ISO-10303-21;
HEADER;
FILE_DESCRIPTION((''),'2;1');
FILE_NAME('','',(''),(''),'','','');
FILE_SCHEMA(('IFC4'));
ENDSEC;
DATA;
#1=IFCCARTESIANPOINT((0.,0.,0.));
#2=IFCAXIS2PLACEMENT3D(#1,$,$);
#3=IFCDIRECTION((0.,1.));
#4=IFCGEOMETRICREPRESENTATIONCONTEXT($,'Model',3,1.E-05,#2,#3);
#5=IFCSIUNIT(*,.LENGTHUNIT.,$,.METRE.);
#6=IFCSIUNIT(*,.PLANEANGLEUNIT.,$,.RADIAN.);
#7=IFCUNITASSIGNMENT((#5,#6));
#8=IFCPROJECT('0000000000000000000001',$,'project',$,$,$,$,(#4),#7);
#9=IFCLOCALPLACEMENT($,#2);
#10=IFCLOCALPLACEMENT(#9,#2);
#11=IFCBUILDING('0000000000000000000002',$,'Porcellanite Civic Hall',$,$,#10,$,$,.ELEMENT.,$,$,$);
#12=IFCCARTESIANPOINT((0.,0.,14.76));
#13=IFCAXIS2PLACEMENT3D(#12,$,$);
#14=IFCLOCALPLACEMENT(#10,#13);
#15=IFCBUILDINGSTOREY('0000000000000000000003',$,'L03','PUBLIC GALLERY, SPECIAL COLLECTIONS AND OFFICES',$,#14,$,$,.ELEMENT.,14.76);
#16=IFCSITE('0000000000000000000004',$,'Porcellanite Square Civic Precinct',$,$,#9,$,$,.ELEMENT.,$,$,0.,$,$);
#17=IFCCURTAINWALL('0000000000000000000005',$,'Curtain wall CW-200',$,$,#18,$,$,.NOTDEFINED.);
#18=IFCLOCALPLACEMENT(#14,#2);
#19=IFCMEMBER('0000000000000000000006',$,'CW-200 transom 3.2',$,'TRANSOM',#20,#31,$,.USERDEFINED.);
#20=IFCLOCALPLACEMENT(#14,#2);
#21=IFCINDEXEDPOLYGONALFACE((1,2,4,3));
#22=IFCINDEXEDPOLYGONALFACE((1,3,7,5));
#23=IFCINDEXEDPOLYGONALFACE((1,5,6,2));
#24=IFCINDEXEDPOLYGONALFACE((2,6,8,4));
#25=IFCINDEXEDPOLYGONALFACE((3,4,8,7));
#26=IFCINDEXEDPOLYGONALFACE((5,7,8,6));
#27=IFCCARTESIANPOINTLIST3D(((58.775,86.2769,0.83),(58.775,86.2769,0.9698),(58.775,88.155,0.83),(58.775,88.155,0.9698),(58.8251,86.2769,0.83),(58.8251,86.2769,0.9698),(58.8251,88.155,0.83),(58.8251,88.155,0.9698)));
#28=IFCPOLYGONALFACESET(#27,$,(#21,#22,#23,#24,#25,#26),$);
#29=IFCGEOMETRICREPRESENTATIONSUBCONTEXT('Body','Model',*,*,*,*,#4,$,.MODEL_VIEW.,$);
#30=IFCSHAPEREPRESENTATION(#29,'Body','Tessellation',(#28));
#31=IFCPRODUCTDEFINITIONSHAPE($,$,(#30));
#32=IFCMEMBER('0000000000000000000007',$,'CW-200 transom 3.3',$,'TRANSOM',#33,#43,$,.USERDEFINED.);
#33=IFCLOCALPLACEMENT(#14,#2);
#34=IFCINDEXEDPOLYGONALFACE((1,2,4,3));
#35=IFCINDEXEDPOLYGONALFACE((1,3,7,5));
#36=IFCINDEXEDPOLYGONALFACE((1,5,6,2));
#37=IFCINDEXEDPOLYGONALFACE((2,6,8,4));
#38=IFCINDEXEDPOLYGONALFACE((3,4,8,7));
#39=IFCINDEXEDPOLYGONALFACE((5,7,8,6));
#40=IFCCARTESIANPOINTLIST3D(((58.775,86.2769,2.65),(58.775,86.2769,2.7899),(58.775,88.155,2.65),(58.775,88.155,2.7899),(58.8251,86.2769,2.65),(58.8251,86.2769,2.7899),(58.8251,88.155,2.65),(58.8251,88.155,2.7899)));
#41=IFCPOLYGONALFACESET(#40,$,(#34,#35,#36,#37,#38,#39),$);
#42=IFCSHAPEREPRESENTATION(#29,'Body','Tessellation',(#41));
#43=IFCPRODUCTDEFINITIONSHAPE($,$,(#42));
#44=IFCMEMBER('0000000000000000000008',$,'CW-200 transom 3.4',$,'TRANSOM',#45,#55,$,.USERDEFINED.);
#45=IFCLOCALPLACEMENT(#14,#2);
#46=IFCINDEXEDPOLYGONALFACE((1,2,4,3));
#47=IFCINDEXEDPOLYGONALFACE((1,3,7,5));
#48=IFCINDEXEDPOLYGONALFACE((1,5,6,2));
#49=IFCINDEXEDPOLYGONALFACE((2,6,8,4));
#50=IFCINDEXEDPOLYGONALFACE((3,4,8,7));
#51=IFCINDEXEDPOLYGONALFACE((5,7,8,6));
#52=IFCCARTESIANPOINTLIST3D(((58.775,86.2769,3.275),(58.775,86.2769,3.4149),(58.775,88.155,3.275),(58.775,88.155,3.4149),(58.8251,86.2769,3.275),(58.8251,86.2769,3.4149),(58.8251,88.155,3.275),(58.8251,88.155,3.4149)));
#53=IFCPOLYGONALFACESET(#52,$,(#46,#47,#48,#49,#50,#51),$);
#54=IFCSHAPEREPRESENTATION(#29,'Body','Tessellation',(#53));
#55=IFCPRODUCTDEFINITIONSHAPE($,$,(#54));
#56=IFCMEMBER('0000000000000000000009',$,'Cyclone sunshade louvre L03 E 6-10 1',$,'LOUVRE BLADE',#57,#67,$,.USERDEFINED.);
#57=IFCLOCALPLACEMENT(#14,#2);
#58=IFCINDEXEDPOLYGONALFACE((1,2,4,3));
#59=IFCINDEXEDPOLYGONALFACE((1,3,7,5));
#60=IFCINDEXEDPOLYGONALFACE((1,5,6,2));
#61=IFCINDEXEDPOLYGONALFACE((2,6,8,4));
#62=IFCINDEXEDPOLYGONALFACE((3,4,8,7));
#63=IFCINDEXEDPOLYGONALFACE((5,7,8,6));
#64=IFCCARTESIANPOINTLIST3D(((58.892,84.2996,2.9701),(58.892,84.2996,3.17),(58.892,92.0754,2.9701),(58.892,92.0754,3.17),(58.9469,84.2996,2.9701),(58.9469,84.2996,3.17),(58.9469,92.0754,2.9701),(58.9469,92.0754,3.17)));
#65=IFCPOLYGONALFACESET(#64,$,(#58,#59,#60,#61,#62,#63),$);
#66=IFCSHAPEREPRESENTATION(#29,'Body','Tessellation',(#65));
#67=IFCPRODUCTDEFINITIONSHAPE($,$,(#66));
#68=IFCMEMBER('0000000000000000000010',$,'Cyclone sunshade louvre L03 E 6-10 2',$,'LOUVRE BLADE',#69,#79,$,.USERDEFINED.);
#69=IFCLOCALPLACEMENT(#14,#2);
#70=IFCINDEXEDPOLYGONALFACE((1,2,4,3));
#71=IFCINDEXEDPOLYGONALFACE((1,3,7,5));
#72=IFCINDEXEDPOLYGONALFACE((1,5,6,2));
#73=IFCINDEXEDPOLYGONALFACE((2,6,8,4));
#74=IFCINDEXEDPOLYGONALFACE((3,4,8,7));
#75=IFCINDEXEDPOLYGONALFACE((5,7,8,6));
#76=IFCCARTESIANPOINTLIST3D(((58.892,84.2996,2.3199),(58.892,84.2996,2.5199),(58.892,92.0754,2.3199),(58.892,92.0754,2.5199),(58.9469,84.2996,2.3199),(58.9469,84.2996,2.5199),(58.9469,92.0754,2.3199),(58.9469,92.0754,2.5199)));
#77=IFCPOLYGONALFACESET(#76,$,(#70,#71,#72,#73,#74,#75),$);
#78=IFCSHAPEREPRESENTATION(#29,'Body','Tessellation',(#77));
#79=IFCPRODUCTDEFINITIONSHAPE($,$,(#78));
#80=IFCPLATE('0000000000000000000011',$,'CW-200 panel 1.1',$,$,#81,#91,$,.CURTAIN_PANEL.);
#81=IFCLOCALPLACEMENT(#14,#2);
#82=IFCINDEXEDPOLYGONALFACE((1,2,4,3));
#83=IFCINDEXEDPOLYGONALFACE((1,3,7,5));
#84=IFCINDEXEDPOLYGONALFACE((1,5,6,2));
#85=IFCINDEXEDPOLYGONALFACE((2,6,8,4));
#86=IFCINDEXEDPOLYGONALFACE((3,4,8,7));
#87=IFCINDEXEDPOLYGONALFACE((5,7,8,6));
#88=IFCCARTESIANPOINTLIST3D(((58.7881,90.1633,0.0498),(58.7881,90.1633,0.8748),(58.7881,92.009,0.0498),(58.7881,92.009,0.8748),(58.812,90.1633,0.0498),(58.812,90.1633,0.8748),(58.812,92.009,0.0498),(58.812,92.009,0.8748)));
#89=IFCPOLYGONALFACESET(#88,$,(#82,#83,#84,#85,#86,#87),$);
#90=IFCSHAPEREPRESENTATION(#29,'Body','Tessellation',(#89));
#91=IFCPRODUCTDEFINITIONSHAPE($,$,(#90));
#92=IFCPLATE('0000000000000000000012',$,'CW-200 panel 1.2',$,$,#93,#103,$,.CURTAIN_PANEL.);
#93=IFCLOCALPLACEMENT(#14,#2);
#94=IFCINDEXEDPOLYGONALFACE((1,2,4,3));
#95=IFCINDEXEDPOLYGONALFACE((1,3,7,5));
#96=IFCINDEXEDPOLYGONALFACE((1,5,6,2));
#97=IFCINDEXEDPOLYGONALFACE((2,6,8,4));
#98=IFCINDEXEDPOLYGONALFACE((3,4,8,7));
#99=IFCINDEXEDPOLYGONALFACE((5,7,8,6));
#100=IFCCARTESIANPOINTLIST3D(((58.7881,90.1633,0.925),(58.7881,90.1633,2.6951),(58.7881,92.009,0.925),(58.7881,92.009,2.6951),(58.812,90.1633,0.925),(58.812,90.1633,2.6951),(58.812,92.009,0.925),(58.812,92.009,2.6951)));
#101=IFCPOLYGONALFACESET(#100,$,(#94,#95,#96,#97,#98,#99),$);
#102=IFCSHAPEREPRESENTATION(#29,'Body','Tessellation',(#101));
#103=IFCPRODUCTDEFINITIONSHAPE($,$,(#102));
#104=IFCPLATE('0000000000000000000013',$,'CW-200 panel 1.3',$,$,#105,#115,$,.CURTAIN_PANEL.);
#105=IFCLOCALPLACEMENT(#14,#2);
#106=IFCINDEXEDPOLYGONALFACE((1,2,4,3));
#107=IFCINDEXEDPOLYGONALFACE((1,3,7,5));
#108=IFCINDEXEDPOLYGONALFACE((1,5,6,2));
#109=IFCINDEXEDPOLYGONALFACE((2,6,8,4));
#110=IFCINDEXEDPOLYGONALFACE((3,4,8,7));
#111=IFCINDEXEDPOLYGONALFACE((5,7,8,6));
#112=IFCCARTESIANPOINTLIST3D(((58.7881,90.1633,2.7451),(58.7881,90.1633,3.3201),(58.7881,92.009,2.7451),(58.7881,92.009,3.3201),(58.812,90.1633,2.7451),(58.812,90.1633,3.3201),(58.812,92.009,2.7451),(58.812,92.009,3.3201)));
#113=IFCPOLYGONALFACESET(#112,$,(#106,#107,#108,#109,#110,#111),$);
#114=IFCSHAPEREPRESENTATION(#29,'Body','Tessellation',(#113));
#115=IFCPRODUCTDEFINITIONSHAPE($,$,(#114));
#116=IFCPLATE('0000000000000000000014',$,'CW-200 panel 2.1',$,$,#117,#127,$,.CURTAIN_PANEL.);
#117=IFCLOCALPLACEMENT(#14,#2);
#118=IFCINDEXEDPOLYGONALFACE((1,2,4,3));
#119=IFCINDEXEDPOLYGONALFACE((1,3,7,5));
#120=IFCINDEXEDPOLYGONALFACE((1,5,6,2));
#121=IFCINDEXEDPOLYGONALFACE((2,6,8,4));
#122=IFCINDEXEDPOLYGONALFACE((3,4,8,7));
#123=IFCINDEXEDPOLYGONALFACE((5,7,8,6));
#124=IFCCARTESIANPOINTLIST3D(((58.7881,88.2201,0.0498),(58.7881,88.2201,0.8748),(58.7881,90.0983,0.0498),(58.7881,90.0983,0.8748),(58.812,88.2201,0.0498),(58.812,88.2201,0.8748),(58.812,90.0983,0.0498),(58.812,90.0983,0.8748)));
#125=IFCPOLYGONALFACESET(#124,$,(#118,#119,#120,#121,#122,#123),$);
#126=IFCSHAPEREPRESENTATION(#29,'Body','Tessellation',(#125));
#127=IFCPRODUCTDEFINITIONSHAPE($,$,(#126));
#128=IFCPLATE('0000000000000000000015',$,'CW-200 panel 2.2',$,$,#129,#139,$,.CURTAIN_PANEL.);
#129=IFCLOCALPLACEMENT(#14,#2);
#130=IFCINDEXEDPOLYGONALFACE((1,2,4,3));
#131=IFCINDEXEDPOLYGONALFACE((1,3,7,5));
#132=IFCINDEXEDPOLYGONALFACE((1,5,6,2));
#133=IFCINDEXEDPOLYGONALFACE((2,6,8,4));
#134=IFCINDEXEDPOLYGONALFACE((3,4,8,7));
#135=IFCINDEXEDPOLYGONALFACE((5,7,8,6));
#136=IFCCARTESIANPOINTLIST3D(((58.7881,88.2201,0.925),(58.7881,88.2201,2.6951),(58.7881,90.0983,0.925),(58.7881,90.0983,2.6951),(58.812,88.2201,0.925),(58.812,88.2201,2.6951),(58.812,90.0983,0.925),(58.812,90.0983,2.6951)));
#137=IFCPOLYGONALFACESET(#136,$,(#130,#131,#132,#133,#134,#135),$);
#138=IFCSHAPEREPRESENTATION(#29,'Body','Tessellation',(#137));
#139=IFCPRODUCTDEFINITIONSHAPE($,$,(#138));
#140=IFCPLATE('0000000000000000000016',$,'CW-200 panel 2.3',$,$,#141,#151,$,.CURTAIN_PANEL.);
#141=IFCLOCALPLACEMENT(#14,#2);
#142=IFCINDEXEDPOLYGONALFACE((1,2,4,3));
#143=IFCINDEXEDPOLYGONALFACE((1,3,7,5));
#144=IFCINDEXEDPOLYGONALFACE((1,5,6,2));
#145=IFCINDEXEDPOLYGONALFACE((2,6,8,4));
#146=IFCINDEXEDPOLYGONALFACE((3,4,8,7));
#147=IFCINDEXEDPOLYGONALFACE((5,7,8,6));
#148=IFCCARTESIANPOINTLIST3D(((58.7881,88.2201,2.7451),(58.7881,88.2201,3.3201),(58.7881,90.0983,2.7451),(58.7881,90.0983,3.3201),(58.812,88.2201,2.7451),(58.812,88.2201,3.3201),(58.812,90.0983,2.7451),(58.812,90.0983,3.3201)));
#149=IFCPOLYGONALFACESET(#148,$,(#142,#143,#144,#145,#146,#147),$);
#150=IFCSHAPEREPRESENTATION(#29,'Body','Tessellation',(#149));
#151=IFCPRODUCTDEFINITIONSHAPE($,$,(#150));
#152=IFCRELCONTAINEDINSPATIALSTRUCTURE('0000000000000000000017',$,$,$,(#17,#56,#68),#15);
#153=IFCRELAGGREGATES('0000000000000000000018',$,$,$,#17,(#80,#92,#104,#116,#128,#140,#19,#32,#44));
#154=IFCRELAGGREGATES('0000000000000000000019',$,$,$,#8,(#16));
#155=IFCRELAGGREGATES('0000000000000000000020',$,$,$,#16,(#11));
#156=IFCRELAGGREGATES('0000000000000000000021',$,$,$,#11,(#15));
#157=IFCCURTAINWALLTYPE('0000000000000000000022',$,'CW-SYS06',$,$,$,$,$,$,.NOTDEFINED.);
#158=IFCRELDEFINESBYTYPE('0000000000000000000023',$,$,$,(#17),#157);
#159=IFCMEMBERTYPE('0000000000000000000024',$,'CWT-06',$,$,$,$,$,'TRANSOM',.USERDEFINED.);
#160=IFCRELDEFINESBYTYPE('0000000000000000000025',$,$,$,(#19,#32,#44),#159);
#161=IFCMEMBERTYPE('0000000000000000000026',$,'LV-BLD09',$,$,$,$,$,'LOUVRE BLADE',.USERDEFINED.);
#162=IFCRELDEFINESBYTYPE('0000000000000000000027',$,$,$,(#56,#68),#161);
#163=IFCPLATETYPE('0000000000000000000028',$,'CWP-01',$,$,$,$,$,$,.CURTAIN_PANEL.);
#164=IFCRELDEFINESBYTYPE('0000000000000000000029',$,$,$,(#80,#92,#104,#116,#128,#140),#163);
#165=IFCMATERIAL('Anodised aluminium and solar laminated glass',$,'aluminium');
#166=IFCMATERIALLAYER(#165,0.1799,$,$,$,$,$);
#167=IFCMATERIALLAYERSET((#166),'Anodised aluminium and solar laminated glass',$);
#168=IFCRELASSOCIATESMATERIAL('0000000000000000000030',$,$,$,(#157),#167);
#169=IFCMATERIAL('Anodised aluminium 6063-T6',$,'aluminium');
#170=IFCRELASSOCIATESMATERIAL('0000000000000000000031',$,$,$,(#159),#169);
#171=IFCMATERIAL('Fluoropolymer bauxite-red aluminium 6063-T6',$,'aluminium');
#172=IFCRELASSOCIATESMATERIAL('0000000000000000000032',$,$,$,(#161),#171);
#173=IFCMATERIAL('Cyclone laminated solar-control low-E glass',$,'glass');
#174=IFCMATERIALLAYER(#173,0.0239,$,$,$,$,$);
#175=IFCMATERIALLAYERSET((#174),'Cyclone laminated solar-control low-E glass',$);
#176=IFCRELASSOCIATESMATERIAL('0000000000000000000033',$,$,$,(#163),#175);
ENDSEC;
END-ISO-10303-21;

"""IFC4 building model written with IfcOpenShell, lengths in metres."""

from ifc_helpers import new_model, si_unit, direction, frame, origin, origin_2d, place, context, subcontext, project, spatial, rectangle, extrude, material, layer, layer_set, material_profile, profile_set, type_object, element, aggregate, save


model = new_model("IFC4")

# Units and contexts
model_context = context("Model", 3, precision=1e-05, world=origin(), true_north=direction((0.0, 1.0)))
body_context = subcontext(model_context, "Body", "Model", "MODEL_VIEW")
ifc_project = project(units=[si_unit("LENGTHUNIT", "METRE"), si_unit("PLANEANGLEUNIT", "RADIAN")], contexts=[model_context])

# Site, building, storey
site_placement = place(None, origin())
site = spatial("IfcSite", under=ifc_project, at=site_placement, Name="Porcellanite Square Civic Precinct", CompositionType="ELEMENT", RefElevation=0.0)
building_placement = place(site_placement, origin())
building = spatial("IfcBuilding", under=site, at=building_placement, Name="Porcellanite Civic Hall", CompositionType="ELEMENT")
storey_placement = place(building_placement, frame((0.0, 0.0, 14.76)))
storey = spatial("IfcBuildingStorey", under=building, at=storey_placement, Name="L03", Description="PUBLIC GALLERY, SPECIAL COLLECTIONS AND OFFICES", CompositionType="ELEMENT", Elevation=14.76)

# Curtain wall, members
ifc_material_1 = material(Name="Anodised aluminium and solar laminated glass", Category="aluminium")
ifc_layer_1 = layer(ifc_material_1, 0.1799)
ifc_layer_set_1 = layer_set([ifc_layer_1], Name="Anodised aluminium and solar laminated glass")
curtain_wall_type = type_object("IfcCurtainWallType", Name="CW-SYS06", PredefinedType="NOTDEFINED", material=ifc_layer_set_1)
curtain_wall_placement = place(storey_placement, origin())
curtain_wall = element("IfcCurtainWall", 1, at=curtain_wall_placement, inside=storey, type_object=curtain_wall_type, Name="Curtain wall CW-200", PredefinedType="NOTDEFINED")
ifc_material_2 = material(Name="Anodised aluminium 6063-T6", Category="aluminium")
ifc_material_profile_1 = material_profile(ifc_material_2, rectangle(XDim=0.05, YDim=0.1399, at=origin_2d()), Name="AL-50x140")
ifc_profile_set_1 = profile_set([ifc_material_profile_1], Name="Anodised aluminium 6063-T6")
member_type_1 = type_object("IfcMemberType", Name="CWT-06", ElementType="TRANSOM", PredefinedType="USERDEFINED", material=ifc_profile_set_1)
member_1_placement = place(storey_placement, frame((58.8, 88.155, 0.8999), z_axis=(0.0, -1.0, 0.0), x_axis=(1.0, 0.0, 0.0)))
member_1 = element("IfcMember", 2, at=member_1_placement, type_object=member_type_1, Name="CW-200 transom 3.2", ObjectType="TRANSOM", PredefinedType="USERDEFINED", context=body_context, shape_type="SweptSolid", body=[
    extrude(rectangle(XDim=0.05, YDim=0.1399, at=origin_2d()), origin(), (0.0, 0.0, 1.0), 1.8782),
])
member_2_placement = place(storey_placement, frame((58.8, 88.155, 2.72), z_axis=(0.0, -1.0, 0.0), x_axis=(1.0, 0.0, 0.0)))
member_2 = element("IfcMember", 3, at=member_2_placement, type_object=member_type_1, Name="CW-200 transom 3.3", ObjectType="TRANSOM", PredefinedType="USERDEFINED", context=body_context, shape_type="SweptSolid", body=[
    extrude(rectangle(XDim=0.05, YDim=0.1399, at=origin_2d()), origin(), (0.0, 0.0, 1.0), 1.8782),
])
member_3_placement = place(storey_placement, frame((58.8, 88.155, 3.345), z_axis=(0.0, -1.0, 0.0), x_axis=(1.0, 0.0, 0.0)))
member_3 = element("IfcMember", 4, at=member_3_placement, type_object=member_type_1, Name="CW-200 transom 3.4", ObjectType="TRANSOM", PredefinedType="USERDEFINED", context=body_context, shape_type="SweptSolid", body=[
    extrude(rectangle(XDim=0.05, YDim=0.1399, at=origin_2d()), origin(), (0.0, 0.0, 1.0), 1.8782),
])

# Members
ifc_material_3 = material(Name="Fluoropolymer bauxite-red aluminium 6063-T6", Category="aluminium")
ifc_material_profile_2 = material_profile(ifc_material_3, rectangle(XDim=0.0549, YDim=0.2, at=origin_2d()), Name="AL-55x200")
ifc_profile_set_2 = profile_set([ifc_material_profile_2], Name="Fluoropolymer bauxite-red aluminium 6063-T6")
member_type_2 = type_object("IfcMemberType", Name="LV-BLD09", ElementType="LOUVRE BLADE", PredefinedType="USERDEFINED", material=ifc_profile_set_2)
for number, where, z_axis, x_axis, name in (
    (5, (58.9194, 92.0754, 3.0701), (0.0, -1.0, 0.0), (1.0, 0.0, 0.0), "Cyclone sunshade louvre L03 E 6-10 1"),
    (6, (58.9194, 92.0754, 2.4199), (0.0, -1.0, 0.0), (1.0, 0.0, 0.0), "Cyclone sunshade louvre L03 E 6-10 2"),
):
    element("IfcMember", number, at=place(storey_placement, frame(where, z_axis=z_axis, x_axis=x_axis)), inside=storey, type_object=member_type_2, Name=name, ObjectType="LOUVRE BLADE", PredefinedType="USERDEFINED", context=body_context, shape_type="SweptSolid", body=[
        extrude(rectangle(XDim=0.0549, YDim=0.2, at=origin_2d()), origin(), (0.0, 0.0, 1.0), 7.7759),
    ])

# Plates
ifc_material_4 = material(Name="Cyclone laminated solar-control low-E glass", Category="glass")
ifc_layer_2 = layer(ifc_material_4, 0.0239)
ifc_layer_set_2 = layer_set([ifc_layer_2], Name="Cyclone laminated solar-control low-E glass")
plate_type = type_object("IfcPlateType", Name="CWP-01", PredefinedType="CURTAIN_PANEL", material=ifc_layer_set_2)
plate_1_placement = place(storey_placement, frame((58.8, 91.0862, 0.0498), z_axis=(0.0, 0.0, 1.0), x_axis=(0.0, -1.0, 0.0)))
plate_1 = element("IfcPlate", 7, at=plate_1_placement, type_object=plate_type, Name="CW-200 panel 1.1", PredefinedType="CURTAIN_PANEL", context=body_context, shape_type="SweptSolid", body=[
    extrude(rectangle(XDim=1.8457, YDim=0.0239, at=origin_2d()), origin(), (0.0, 0.0, 1.0), 0.825),
])
plate_2_placement = place(storey_placement, frame((58.8, 91.0862, 0.925), z_axis=(0.0, 0.0, 1.0), x_axis=(0.0, -1.0, 0.0)))
plate_2 = element("IfcPlate", 8, at=plate_2_placement, type_object=plate_type, Name="CW-200 panel 1.2", PredefinedType="CURTAIN_PANEL", context=body_context, shape_type="SweptSolid", body=[
    extrude(rectangle(XDim=1.8457, YDim=0.0239, at=origin_2d()), origin(), (0.0, 0.0, 1.0), 1.77),
])
plate_3_placement = place(storey_placement, frame((58.8, 91.0862, 2.7451), z_axis=(0.0, 0.0, 1.0), x_axis=(0.0, -1.0, 0.0)))
plate_3 = element("IfcPlate", 9, at=plate_3_placement, type_object=plate_type, Name="CW-200 panel 1.3", PredefinedType="CURTAIN_PANEL", context=body_context, shape_type="SweptSolid", body=[
    extrude(rectangle(XDim=1.8457, YDim=0.0239, at=origin_2d()), origin(), (0.0, 0.0, 1.0), 0.575),
])
plate_4_placement = place(storey_placement, frame((58.8, 89.1592, 0.0498), z_axis=(0.0, 0.0, 1.0), x_axis=(0.0, -1.0, 0.0)))
plate_4 = element("IfcPlate", 10, at=plate_4_placement, type_object=plate_type, Name="CW-200 panel 2.1", PredefinedType="CURTAIN_PANEL", context=body_context, shape_type="SweptSolid", body=[
    extrude(rectangle(XDim=1.8782, YDim=0.0239, at=origin_2d()), origin(), (0.0, 0.0, 1.0), 0.825),
])
plate_5_placement = place(storey_placement, frame((58.8, 89.1592, 0.925), z_axis=(0.0, 0.0, 1.0), x_axis=(0.0, -1.0, 0.0)))
plate_5 = element("IfcPlate", 11, at=plate_5_placement, type_object=plate_type, Name="CW-200 panel 2.2", PredefinedType="CURTAIN_PANEL", context=body_context, shape_type="SweptSolid", body=[
    extrude(rectangle(XDim=1.8782, YDim=0.0239, at=origin_2d()), origin(), (0.0, 0.0, 1.0), 1.77),
])
plate_6_placement = place(storey_placement, frame((58.8, 89.1592, 2.7451), z_axis=(0.0, 0.0, 1.0), x_axis=(0.0, -1.0, 0.0)))
plate_6 = element("IfcPlate", 12, at=plate_6_placement, type_object=plate_type, Name="CW-200 panel 2.3", PredefinedType="CURTAIN_PANEL", context=body_context, shape_type="SweptSolid", body=[
    extrude(rectangle(XDim=1.8782, YDim=0.0239, at=origin_2d()), origin(), (0.0, 0.0, 1.0), 0.575),
])
aggregate(curtain_wall, [plate_1, plate_2, plate_3, plate_4, plate_5, plate_6, member_1, member_2, member_3])

save(model, "model.ifc")
